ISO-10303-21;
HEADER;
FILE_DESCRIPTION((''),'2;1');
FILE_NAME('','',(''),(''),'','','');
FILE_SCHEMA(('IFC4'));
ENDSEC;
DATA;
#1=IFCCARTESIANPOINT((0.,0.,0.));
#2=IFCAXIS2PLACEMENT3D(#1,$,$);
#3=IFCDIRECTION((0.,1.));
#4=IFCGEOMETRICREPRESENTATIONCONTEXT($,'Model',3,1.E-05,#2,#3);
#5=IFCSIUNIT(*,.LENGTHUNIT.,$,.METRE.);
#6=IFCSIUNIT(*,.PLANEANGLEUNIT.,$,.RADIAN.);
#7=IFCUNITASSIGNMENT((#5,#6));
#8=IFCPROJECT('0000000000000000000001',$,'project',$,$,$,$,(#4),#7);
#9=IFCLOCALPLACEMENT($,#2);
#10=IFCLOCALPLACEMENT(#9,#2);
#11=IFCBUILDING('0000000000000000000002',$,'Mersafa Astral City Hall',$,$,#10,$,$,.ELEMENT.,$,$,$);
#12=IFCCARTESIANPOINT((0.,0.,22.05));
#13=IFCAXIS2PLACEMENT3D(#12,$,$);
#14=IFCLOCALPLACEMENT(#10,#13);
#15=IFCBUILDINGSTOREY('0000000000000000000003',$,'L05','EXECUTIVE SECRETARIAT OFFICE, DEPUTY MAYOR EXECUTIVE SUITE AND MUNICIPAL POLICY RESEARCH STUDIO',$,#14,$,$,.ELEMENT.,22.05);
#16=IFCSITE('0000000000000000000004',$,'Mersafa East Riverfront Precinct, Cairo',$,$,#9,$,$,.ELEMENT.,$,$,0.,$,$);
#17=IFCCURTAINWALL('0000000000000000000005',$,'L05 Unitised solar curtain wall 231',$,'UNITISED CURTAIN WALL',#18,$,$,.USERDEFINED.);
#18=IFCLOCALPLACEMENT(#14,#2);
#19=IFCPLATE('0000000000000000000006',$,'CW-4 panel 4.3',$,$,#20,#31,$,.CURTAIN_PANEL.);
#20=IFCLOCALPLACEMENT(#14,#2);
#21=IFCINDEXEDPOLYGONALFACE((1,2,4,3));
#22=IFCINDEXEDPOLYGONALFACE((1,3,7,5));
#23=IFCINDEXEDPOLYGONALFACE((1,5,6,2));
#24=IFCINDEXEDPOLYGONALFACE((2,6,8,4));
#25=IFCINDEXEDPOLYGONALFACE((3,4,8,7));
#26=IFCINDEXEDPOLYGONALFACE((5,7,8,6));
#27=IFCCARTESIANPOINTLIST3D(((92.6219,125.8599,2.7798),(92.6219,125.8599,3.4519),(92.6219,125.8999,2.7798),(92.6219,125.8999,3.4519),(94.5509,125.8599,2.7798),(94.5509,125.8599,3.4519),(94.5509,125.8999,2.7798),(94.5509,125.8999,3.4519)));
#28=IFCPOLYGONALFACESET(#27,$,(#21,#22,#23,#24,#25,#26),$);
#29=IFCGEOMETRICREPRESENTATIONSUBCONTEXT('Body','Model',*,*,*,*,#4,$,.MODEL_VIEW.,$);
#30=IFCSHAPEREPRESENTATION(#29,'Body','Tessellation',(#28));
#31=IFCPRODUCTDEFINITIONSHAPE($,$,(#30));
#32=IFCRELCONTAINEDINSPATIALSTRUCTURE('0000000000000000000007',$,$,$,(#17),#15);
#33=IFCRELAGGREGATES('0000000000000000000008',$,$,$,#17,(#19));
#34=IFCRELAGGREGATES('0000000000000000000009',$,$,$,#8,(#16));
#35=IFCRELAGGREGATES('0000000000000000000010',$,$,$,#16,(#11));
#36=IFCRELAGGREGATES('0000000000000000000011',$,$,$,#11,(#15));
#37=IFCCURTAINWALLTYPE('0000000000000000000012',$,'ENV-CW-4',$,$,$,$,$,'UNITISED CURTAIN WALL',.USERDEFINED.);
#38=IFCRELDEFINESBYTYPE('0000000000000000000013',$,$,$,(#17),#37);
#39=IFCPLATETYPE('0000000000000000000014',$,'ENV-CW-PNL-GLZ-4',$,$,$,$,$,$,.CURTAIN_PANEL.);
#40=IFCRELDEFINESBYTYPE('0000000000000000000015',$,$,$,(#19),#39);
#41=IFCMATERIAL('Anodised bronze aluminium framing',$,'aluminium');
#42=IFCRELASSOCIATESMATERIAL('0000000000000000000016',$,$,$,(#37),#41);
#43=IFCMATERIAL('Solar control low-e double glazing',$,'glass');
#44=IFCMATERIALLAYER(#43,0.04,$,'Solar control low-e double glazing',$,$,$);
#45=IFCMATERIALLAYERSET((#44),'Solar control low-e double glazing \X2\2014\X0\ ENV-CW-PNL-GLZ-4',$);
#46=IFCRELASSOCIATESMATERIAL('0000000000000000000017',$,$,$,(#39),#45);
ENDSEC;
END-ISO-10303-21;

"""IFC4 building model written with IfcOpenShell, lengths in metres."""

from ifc_helpers import new_model, si_unit, direction, frame, origin, origin_2d, place, context, subcontext, project, spatial, rectangle, extrude, material, layer, layer_set, type_object, element, aggregate, save


model = new_model("IFC4")

# Units and contexts
model_context = context("Model", 3, precision=1e-05, world=origin(), true_north=direction((0.0, 1.0)))
body_context = subcontext(model_context, "Body", "Model", "MODEL_VIEW")
ifc_project = project(units=[si_unit("LENGTHUNIT", "METRE"), si_unit("PLANEANGLEUNIT", "RADIAN")], contexts=[model_context])

# Site, building, storey
site_placement = place(None, origin())
site = spatial("IfcSite", under=ifc_project, at=site_placement, Name="Mersafa East Riverfront Precinct, Cairo", CompositionType="ELEMENT", RefElevation=0.0)
building_placement = place(site_placement, origin())
building = spatial("IfcBuilding", under=site, at=building_placement, Name="Mersafa Astral City Hall", CompositionType="ELEMENT")
storey_placement = place(building_placement, frame((0.0, 0.0, 22.05)))
storey = spatial("IfcBuildingStorey", under=building, at=storey_placement, Name="L05", Description="EXECUTIVE SECRETARIAT OFFICE, DEPUTY MAYOR EXECUTIVE SUITE AND MUNICIPAL POLICY RESEARCH STUDIO", CompositionType="ELEMENT", Elevation=22.05)

# Shared definitions
ifc_material_1 = material(Name="Anodised bronze aluminium framing", Category="aluminium")

# Curtain wall
curtain_wall_type_1 = type_object("IfcCurtainWallType", Name="ENV-CW-4", ElementType="UNITISED CURTAIN WALL", PredefinedType="USERDEFINED", material=ifc_material_1)
curtain_wall_1_placement = place(storey_placement, origin())
curtain_wall_1 = element("IfcCurtainWall", 1, at=curtain_wall_1_placement, inside=storey, type_object=curtain_wall_type_1, Name="L05 Unitised solar curtain wall 231", ObjectType="UNITISED CURTAIN WALL", PredefinedType="USERDEFINED")

# Plate
ifc_material_2 = material(Name="Solar control low-e double glazing", Category="glass")
ifc_layer_1 = layer(ifc_material_2, 0.04, Name="Solar control low-e double glazing")
ifc_layer_set_1 = layer_set([ifc_layer_1], Name="Solar control low-e double glazing — ENV-CW-PNL-GLZ-4")
plate_type_1 = type_object("IfcPlateType", Name="ENV-CW-PNL-GLZ-4", PredefinedType="CURTAIN_PANEL", material=ifc_layer_set_1)
plate_1_placement = place(storey_placement, frame((93.5864, 125.8799, 2.7798), z_axis=(0.0, 0.0, 1.0), x_axis=(-1.0, 0.0, 0.0)))
plate_1 = element("IfcPlate", 2, at=plate_1_placement, type_object=plate_type_1, Name="CW-4 panel 4.3", PredefinedType="CURTAIN_PANEL", context=body_context, shape_type="SweptSolid", body=[
    extrude(rectangle(XDim=1.929, YDim=0.04, at=origin_2d()), origin(), (0.0, 0.0, 1.0), 0.6721),
])
aggregate(curtain_wall_1, [plate_1])

save(model, "model.ifc")
